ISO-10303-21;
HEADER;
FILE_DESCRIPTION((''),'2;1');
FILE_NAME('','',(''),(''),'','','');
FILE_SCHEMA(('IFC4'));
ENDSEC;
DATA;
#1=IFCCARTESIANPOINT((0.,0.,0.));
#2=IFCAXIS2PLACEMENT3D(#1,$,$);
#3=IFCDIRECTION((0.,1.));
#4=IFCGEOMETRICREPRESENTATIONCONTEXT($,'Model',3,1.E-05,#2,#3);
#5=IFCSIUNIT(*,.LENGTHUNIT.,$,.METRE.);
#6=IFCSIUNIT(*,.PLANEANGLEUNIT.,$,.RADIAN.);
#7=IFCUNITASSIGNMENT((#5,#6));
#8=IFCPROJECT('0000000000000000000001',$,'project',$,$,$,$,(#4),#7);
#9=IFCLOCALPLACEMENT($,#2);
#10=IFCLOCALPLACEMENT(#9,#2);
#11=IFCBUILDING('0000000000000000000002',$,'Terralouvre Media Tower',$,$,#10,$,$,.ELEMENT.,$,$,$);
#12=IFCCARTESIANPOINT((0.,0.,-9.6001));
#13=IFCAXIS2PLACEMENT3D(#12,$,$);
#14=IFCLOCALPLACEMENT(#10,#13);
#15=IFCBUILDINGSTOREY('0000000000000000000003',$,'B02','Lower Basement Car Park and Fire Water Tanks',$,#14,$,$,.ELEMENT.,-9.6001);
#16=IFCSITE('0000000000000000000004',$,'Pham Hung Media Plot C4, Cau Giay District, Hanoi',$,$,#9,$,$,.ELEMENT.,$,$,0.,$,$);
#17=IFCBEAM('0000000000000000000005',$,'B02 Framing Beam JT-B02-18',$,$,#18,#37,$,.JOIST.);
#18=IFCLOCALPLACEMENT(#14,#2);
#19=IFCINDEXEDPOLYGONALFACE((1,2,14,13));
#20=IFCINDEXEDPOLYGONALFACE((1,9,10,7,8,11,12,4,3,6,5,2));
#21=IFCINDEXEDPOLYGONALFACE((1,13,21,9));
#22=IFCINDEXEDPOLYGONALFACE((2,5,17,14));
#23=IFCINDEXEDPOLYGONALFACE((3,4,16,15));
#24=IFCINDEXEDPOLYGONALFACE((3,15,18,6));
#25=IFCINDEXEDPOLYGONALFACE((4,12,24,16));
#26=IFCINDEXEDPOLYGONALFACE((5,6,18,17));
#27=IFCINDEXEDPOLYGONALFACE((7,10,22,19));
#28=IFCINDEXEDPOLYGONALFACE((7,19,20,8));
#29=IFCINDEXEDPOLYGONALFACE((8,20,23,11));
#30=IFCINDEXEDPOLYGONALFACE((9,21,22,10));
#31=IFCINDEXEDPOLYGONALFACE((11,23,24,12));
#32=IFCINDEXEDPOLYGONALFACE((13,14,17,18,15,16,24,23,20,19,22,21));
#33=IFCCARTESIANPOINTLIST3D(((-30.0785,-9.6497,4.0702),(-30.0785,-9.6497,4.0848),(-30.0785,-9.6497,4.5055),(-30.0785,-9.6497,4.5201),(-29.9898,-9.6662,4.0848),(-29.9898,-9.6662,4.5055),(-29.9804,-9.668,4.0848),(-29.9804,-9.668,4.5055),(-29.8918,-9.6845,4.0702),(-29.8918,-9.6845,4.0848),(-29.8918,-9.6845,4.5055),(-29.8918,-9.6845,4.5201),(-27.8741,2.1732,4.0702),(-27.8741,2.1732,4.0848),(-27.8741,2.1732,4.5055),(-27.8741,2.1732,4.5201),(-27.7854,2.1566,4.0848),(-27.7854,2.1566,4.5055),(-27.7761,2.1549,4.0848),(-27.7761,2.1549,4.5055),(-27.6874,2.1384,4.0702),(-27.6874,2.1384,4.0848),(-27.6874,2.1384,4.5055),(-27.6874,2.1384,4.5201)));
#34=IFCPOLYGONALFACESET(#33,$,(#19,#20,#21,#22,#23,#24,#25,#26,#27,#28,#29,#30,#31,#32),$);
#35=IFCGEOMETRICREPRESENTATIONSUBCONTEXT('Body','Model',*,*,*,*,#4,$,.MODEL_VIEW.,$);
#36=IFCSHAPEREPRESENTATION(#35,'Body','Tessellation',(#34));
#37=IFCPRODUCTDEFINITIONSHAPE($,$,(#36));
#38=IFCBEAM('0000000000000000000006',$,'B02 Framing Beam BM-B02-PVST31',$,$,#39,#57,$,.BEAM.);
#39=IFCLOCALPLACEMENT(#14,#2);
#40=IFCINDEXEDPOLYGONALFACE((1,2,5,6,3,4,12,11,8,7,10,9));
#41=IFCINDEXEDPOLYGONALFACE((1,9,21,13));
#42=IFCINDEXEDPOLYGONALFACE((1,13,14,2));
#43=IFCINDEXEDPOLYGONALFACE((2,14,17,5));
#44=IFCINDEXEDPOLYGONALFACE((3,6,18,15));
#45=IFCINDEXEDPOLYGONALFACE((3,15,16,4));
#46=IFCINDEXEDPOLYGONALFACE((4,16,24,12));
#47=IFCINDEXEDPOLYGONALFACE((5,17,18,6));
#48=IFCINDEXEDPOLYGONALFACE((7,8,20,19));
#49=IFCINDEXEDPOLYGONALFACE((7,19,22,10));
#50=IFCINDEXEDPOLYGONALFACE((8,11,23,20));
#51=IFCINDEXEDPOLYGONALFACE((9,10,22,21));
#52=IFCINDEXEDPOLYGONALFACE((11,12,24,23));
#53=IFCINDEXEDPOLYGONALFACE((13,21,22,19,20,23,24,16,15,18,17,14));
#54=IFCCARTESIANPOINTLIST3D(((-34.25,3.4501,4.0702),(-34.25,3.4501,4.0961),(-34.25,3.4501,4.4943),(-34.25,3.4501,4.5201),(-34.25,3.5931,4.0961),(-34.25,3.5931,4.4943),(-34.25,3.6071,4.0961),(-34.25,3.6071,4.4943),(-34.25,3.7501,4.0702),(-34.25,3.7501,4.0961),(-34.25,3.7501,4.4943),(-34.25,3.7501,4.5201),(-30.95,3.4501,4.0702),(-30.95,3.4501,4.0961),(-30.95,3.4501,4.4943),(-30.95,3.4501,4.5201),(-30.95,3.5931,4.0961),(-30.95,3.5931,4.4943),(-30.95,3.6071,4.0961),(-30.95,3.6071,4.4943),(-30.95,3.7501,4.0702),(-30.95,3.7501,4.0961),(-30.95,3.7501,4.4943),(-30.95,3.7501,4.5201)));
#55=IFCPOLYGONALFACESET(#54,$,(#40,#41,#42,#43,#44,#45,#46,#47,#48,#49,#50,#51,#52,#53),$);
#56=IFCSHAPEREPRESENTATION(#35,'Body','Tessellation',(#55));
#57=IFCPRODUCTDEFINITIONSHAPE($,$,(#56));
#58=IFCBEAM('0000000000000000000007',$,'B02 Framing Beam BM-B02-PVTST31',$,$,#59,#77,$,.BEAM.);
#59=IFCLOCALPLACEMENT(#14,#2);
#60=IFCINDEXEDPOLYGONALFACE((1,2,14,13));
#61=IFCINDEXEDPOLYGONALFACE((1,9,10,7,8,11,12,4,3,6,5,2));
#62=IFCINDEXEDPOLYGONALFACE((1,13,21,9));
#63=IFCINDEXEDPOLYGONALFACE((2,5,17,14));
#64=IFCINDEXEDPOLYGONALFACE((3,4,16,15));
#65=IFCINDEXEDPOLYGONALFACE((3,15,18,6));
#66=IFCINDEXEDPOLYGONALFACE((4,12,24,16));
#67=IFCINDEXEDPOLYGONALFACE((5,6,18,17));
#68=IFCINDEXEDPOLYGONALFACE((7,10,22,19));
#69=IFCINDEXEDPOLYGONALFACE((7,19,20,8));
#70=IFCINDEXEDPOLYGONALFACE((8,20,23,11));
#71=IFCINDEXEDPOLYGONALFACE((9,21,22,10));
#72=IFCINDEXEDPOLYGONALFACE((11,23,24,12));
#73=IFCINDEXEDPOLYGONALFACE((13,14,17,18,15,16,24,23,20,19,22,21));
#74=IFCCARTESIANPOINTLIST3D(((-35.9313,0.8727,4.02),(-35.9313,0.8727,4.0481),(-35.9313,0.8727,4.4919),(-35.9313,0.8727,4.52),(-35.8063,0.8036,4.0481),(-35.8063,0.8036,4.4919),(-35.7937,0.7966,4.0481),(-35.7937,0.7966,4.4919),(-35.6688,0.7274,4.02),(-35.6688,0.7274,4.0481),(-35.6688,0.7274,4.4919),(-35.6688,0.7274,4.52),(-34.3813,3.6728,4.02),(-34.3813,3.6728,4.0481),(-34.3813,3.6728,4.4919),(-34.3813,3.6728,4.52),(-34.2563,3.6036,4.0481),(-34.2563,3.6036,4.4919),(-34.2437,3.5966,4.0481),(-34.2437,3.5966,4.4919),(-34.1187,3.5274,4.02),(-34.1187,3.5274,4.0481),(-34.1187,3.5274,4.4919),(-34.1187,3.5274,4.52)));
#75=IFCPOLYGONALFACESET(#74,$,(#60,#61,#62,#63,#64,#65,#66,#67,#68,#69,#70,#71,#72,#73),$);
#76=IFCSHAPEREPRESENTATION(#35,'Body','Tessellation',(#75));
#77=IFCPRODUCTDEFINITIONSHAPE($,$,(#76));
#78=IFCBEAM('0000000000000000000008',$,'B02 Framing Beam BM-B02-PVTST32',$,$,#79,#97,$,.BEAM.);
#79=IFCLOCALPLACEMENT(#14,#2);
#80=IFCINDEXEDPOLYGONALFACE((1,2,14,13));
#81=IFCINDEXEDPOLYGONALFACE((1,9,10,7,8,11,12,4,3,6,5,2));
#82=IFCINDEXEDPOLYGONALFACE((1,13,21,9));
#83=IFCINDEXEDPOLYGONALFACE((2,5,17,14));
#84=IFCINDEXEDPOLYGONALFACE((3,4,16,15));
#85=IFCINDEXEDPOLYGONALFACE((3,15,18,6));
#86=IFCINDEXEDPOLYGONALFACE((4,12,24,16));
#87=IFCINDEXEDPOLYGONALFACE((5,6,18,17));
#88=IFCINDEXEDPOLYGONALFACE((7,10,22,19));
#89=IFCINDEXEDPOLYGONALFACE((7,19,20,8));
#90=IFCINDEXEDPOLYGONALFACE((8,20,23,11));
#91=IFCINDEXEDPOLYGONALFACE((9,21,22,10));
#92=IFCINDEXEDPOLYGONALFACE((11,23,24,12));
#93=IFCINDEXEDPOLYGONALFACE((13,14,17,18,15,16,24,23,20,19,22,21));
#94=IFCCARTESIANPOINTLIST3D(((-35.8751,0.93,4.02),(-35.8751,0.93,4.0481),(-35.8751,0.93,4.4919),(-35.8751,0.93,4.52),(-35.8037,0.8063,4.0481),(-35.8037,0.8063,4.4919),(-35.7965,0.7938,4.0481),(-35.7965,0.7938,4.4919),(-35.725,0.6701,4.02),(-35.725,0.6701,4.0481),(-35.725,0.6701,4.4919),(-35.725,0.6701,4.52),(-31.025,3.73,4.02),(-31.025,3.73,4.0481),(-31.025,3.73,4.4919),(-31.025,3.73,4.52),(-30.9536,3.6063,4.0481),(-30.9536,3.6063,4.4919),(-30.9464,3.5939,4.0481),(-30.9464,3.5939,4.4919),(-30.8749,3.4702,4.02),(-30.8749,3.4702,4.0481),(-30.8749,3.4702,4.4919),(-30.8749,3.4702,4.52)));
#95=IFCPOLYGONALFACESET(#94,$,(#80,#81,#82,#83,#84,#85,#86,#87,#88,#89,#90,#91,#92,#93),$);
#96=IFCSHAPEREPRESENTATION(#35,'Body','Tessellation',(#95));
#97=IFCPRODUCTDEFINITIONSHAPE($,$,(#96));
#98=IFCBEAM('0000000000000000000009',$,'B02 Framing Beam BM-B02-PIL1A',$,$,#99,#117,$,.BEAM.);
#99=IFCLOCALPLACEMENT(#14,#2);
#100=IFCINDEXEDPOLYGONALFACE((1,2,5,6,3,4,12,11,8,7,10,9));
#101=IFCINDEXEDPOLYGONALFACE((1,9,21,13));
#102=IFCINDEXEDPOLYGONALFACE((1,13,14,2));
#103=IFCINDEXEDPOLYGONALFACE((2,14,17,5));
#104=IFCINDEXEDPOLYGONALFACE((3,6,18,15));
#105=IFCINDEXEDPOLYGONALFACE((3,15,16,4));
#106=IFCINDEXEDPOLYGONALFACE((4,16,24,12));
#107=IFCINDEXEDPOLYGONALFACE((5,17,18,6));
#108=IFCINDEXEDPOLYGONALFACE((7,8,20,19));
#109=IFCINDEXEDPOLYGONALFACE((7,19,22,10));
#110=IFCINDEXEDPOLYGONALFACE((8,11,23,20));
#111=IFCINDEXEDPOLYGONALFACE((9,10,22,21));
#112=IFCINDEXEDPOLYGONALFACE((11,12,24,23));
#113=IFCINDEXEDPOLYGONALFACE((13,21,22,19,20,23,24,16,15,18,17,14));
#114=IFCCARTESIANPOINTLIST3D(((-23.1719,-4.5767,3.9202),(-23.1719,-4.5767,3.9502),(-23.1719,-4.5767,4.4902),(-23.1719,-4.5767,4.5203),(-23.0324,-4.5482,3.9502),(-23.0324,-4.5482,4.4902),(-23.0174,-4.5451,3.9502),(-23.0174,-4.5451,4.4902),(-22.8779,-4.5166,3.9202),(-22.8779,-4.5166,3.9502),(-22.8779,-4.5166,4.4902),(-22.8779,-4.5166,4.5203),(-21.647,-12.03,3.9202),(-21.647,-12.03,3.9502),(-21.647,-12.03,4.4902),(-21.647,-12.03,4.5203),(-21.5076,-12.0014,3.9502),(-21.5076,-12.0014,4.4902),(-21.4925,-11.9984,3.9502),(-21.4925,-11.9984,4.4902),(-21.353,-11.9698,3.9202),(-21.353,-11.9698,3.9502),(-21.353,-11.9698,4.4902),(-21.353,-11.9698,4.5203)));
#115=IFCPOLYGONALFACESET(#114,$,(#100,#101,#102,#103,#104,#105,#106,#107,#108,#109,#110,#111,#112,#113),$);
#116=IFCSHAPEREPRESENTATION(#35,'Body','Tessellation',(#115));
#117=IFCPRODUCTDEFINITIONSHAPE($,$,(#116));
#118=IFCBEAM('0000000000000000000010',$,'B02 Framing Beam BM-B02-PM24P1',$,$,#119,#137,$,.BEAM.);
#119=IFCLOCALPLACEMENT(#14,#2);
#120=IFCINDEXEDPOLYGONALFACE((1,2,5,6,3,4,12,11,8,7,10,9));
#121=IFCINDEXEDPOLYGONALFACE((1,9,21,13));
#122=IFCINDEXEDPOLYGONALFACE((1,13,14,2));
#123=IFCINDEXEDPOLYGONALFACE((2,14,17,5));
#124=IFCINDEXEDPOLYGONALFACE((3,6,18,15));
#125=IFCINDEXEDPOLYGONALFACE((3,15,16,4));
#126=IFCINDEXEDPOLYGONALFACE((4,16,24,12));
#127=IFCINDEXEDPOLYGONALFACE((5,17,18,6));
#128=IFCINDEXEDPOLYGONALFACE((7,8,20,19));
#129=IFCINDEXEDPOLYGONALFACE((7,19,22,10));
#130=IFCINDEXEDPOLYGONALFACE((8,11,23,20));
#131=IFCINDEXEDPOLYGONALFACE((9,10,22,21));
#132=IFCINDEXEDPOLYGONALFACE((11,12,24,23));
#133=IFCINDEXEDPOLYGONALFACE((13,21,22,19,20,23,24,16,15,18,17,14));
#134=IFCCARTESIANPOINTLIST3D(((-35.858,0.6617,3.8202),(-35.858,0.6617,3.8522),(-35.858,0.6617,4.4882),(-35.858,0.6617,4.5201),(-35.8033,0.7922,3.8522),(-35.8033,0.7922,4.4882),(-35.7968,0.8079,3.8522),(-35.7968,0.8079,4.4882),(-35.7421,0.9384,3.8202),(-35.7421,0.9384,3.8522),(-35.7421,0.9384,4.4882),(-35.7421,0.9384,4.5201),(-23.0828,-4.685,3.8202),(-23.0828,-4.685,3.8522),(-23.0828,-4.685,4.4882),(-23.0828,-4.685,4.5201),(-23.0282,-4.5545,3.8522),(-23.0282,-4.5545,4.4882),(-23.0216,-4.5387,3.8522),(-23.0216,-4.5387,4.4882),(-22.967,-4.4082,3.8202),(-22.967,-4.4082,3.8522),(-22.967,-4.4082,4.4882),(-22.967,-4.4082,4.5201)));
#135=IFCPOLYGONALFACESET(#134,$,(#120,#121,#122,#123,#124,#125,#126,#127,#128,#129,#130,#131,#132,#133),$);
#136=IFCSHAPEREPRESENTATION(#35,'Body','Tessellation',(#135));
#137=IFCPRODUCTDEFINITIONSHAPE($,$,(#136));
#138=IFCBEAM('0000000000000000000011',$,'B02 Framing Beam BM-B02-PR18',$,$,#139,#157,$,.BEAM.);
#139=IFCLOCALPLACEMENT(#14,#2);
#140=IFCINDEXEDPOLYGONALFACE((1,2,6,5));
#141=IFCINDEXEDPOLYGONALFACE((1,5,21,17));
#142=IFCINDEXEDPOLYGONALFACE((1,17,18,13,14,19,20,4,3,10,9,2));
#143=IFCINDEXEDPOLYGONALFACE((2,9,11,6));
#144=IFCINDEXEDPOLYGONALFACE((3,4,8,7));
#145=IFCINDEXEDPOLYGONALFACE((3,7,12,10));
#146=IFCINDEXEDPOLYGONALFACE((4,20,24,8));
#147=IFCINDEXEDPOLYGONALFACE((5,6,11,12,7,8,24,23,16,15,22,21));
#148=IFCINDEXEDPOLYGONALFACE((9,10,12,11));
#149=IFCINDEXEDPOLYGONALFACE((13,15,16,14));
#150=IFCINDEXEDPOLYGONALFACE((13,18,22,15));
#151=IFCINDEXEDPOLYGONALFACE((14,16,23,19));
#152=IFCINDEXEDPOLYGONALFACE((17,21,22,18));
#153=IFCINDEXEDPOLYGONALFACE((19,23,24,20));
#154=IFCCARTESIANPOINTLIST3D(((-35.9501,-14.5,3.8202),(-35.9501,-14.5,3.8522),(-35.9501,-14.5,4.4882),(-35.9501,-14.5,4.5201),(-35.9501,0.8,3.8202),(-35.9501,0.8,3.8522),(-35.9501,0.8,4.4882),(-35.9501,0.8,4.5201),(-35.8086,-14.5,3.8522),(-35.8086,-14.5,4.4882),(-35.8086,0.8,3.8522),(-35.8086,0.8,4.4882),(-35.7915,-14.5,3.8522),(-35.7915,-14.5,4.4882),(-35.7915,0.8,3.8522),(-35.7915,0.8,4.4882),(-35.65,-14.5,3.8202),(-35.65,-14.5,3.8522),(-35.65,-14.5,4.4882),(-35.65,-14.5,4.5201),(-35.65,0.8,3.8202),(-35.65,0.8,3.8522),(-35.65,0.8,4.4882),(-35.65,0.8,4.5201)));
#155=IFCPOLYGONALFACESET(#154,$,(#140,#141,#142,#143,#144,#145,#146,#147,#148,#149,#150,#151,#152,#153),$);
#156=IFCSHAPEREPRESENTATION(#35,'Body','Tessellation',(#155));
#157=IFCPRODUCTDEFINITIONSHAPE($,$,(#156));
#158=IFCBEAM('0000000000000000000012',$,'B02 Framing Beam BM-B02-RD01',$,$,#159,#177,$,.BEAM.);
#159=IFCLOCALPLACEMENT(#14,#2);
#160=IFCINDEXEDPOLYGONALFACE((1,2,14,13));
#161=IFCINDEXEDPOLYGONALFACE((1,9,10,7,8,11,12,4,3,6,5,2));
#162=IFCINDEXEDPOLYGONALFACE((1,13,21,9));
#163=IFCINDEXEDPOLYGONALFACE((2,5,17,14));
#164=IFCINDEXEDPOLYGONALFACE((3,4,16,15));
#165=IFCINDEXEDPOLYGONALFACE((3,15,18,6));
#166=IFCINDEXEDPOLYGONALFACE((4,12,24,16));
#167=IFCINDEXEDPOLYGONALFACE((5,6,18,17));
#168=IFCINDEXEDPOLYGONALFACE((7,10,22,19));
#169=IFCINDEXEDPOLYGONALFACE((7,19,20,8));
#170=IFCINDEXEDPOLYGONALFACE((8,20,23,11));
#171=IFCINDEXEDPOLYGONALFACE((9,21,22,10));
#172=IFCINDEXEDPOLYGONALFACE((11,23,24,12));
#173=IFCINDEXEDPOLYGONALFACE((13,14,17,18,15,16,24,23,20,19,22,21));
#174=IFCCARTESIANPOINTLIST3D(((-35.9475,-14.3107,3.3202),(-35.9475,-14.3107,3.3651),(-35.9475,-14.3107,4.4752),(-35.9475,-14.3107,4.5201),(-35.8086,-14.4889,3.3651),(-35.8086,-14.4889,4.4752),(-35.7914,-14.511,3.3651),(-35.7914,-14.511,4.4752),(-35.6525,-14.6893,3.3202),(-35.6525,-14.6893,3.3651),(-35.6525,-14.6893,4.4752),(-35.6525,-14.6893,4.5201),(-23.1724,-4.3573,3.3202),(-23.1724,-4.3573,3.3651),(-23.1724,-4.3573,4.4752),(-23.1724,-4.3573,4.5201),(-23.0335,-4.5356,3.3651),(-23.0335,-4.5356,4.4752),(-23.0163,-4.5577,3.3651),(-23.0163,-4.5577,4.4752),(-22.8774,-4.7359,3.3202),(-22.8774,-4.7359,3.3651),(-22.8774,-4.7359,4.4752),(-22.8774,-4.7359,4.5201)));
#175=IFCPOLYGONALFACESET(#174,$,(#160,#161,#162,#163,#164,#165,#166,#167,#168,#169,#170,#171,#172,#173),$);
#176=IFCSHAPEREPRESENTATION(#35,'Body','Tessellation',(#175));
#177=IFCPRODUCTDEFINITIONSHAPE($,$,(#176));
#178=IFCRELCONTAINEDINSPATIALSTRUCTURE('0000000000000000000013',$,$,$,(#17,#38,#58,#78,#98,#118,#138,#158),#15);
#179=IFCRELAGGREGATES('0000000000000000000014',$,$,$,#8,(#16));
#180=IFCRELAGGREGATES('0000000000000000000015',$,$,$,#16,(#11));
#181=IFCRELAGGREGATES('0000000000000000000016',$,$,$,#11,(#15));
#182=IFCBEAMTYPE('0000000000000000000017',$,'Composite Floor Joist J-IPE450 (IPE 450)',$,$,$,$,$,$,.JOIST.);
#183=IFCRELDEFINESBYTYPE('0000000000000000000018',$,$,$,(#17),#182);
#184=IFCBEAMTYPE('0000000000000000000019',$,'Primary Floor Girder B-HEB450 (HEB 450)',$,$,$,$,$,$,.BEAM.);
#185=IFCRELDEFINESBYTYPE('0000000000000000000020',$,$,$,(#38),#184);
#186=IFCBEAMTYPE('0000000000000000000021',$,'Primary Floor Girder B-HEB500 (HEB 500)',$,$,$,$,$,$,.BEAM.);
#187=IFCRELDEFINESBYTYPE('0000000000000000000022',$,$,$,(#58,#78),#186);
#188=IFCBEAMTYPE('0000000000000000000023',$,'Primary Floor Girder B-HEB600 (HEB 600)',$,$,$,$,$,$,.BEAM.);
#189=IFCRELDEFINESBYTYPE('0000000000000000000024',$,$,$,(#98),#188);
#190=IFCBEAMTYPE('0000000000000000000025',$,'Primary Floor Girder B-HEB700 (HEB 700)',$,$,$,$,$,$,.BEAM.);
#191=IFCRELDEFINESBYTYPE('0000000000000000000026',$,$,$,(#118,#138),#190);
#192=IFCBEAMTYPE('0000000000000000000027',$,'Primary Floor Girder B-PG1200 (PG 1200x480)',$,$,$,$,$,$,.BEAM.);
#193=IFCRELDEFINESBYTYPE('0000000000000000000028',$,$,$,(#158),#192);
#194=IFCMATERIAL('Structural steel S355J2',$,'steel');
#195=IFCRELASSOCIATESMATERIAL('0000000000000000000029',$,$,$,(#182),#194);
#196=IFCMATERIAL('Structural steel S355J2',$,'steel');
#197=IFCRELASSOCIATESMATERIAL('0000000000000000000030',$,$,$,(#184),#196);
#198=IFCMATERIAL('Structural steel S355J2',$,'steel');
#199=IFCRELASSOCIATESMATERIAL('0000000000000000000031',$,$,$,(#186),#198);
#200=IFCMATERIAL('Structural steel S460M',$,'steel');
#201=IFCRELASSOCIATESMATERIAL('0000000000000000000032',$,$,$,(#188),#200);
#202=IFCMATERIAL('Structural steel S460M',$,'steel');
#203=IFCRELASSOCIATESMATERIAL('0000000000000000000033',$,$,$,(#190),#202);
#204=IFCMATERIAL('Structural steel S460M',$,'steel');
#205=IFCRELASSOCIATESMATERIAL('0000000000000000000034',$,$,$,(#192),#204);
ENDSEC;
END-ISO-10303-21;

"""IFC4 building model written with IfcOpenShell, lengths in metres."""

from ifc_helpers import new_model, si_unit, direction, frame, origin, origin_2d, place, context, subcontext, project, spatial, i_section, extrude, material, material_profile, profile_set, type_object, element, save


model = new_model("IFC4")

# Units and contexts
model_context = context("Model", 3, precision=1e-05, world=origin(), true_north=direction((0.0, 1.0)))
body_context = subcontext(model_context, "Body", "Model", "MODEL_VIEW")
ifc_project = project(units=[si_unit("LENGTHUNIT", "METRE"), si_unit("PLANEANGLEUNIT", "RADIAN")], contexts=[model_context])

# Site, building, storey
site_placement = place(None, origin())
site = spatial("IfcSite", under=ifc_project, at=site_placement, Name="Pham Hung Media Plot C4, Cau Giay District, Hanoi", CompositionType="ELEMENT", RefElevation=0.0)
building_placement = place(site_placement, origin())
building = spatial("IfcBuilding", under=site, at=building_placement, Name="Terralouvre Media Tower", CompositionType="ELEMENT")
storey_placement = place(building_placement, frame((0.0, 0.0, -9.6001)))
storey = spatial("IfcBuildingStorey", under=building, at=storey_placement, Name="B02", Description="Lower Basement Car Park and Fire Water Tanks", CompositionType="ELEMENT", Elevation=-9.6001)

# Beams
ifc_material_1 = material(Name="Structural steel S355J2", Category="steel")
ifc_material_profile_1 = material_profile(ifc_material_1, i_section(OverallWidth=0.1899, OverallDepth=0.45, WebThickness=0.0095, FlangeThickness=0.0146, at=origin_2d()), Name="IPE 450")
ifc_profile_set_1 = profile_set([ifc_material_profile_1], Name="Structural steel S355J2")
beam_type_1 = type_object("IfcBeamType", Name="Composite Floor Joist J-IPE450 (IPE 450)", PredefinedType="JOIST", material=ifc_profile_set_1)
beam_1_placement = place(storey_placement, frame((-27.7808, 2.1558, 4.2952), z_axis=(-0.183291, -0.983059, 0.0), x_axis=(0.983059, -0.183291, 0.0)))
element("IfcBeam", 1, at=beam_1_placement, inside=storey, type_object=beam_type_1, Name="B02 Framing Beam JT-B02-18", PredefinedType="JOIST", context=body_context, shape_type="SweptSolid", body=[
    extrude(i_section(OverallWidth=0.1899, OverallDepth=0.45, WebThickness=0.0095, FlangeThickness=0.0146, at=origin_2d()), origin(), (0.0, 0.0, 1.0), 12.0266),
])
ifc_material_2 = material(Name="Structural steel S355J2", Category="steel")
ifc_material_profile_2 = material_profile(ifc_material_2, i_section(OverallWidth=0.3, OverallDepth=0.45, WebThickness=0.0139, FlangeThickness=0.0259, at=origin_2d()), Name="HEB 450")
ifc_profile_set_2 = profile_set([ifc_material_profile_2], Name="Structural steel S355J2")
beam_type_2 = type_object("IfcBeamType", Name="Primary Floor Girder B-HEB450 (HEB 450)", PredefinedType="BEAM", material=ifc_profile_set_2)
beam_2_placement = place(storey_placement, frame((-34.25, 3.6001, 4.2952), z_axis=(1.0, 0.0, 0.0), x_axis=(0.0, 1.0, 0.0)))
element("IfcBeam", 2, at=beam_2_placement, inside=storey, type_object=beam_type_2, Name="B02 Framing Beam BM-B02-PVST31", PredefinedType="BEAM", context=body_context, shape_type="SweptSolid", body=[
    extrude(i_section(OverallWidth=0.3, OverallDepth=0.45, WebThickness=0.0139, FlangeThickness=0.0259, at=origin_2d()), origin(), (0.0, 0.0, 1.0), 3.3),
])
ifc_material_3 = material(Name="Structural steel S355J2", Category="steel")
ifc_material_profile_3 = material_profile(ifc_material_3, i_section(OverallWidth=0.3, OverallDepth=0.5, WebThickness=0.0144, FlangeThickness=0.0281, at=origin_2d()), Name="HEB 500")
ifc_profile_set_3 = profile_set([ifc_material_profile_3], Name="Structural steel S355J2")
beam_type_3 = type_object("IfcBeamType", Name="Primary Floor Girder B-HEB500 (HEB 500)", PredefinedType="BEAM", material=ifc_profile_set_3)
beam_3_placement = place(storey_placement, frame((-34.25, 3.6001, 4.27), z_axis=(-0.484321, -0.87489, 0.0), x_axis=(0.87489, -0.484321, 0.0)))
element("IfcBeam", 3, at=beam_3_placement, inside=storey, type_object=beam_type_3, Name="B02 Framing Beam BM-B02-PVTST31", PredefinedType="BEAM", context=body_context, shape_type="SweptSolid", body=[
    extrude(i_section(OverallWidth=0.3, OverallDepth=0.5, WebThickness=0.0144, FlangeThickness=0.0281, at=origin_2d()), origin(), (0.0, 0.0, 1.0), 3.2004),
])
beam_4_placement = place(storey_placement, frame((-30.95, 3.6001, 4.27), z_axis=(-0.866037, -0.499979, 0.0), x_axis=(0.499979, -0.866037, 0.0)))
element("IfcBeam", 4, at=beam_4_placement, inside=storey, type_object=beam_type_3, Name="B02 Framing Beam BM-B02-PVTST32", PredefinedType="BEAM", context=body_context, shape_type="SweptSolid", body=[
    extrude(i_section(OverallWidth=0.3, OverallDepth=0.5, WebThickness=0.0144, FlangeThickness=0.0281, at=origin_2d()), origin(), (0.0, 0.0, 1.0), 5.6003),
])
ifc_material_4 = material(Name="Structural steel S460M", Category="steel")
ifc_material_profile_4 = material_profile(ifc_material_4, i_section(OverallWidth=0.3, OverallDepth=0.6001, WebThickness=0.0154, FlangeThickness=0.03, at=origin_2d()), Name="HEB 600")
ifc_profile_set_4 = profile_set([ifc_material_profile_4], Name="Structural steel S460M")
beam_type_4 = type_object("IfcBeamType", Name="Primary Floor Girder B-HEB600 (HEB 600)", PredefinedType="BEAM", material=ifc_profile_set_4)
beam_5_placement = place(storey_placement, frame((-23.0249, -4.5466, 4.2202), z_axis=(0.20044, -0.979706, 0.0), x_axis=(0.979706, 0.20044, 0.0)))
element("IfcBeam", 5, at=beam_5_placement, inside=storey, type_object=beam_type_4, Name="B02 Framing Beam BM-B02-PIL1A", PredefinedType="BEAM", context=body_context, shape_type="SweptSolid", body=[
    extrude(i_section(OverallWidth=0.3, OverallDepth=0.6001, WebThickness=0.0154, FlangeThickness=0.03, at=origin_2d()), origin(), (0.0, 0.0, 1.0), 7.6077),
])
ifc_material_5 = material(Name="Structural steel S460M", Category="steel")
ifc_material_profile_5 = material_profile(ifc_material_5, i_section(OverallWidth=0.3, OverallDepth=0.7, WebThickness=0.0171, FlangeThickness=0.032, at=origin_2d()), Name="HEB 700")
ifc_profile_set_5 = profile_set([ifc_material_profile_5], Name="Structural steel S460M")
beam_type_5 = type_object("IfcBeamType", Name="Primary Floor Girder B-HEB700 (HEB 700)", PredefinedType="BEAM", material=ifc_profile_set_5)
beam_6_placement = place(storey_placement, frame((-23.0249, -4.5466, 4.1702), z_axis=(-0.922468, 0.386073, 0.0), x_axis=(-0.386073, -0.922468, 0.0)))
element("IfcBeam", 6, at=beam_6_placement, inside=storey, type_object=beam_type_5, Name="B02 Framing Beam BM-B02-PM24P1", PredefinedType="BEAM", context=body_context, shape_type="SweptSolid", body=[
    extrude(i_section(OverallWidth=0.3, OverallDepth=0.7, WebThickness=0.0171, FlangeThickness=0.032, at=origin_2d()), origin(), (0.0, 0.0, 1.0), 13.8489),
])
beam_7_placement = place(storey_placement, frame((-35.8, 0.8, 4.1702), z_axis=(0.0, -1.0, 0.0), x_axis=(1.0, 0.0, 0.0)))
element("IfcBeam", 7, at=beam_7_placement, inside=storey, type_object=beam_type_5, Name="B02 Framing Beam BM-B02-PR18", PredefinedType="BEAM", context=body_context, shape_type="SweptSolid", body=[
    extrude(i_section(OverallWidth=0.3, OverallDepth=0.7, WebThickness=0.0171, FlangeThickness=0.032, at=origin_2d()), origin(), (0.0, 0.0, 1.0), 15.3),
])
ifc_material_6 = material(Name="Structural steel S460M", Category="steel")
ifc_material_profile_6 = material_profile(ifc_material_6, i_section(OverallWidth=0.48, OverallDepth=1.2, WebThickness=0.0281, FlangeThickness=0.0449, at=origin_2d()), Name="PG 1200x480")
ifc_profile_set_6 = profile_set([ifc_material_profile_6], Name="Structural steel S460M")
beam_type_6 = type_object("IfcBeamType", Name="Primary Floor Girder B-PG1200 (PG 1200x480)", PredefinedType="BEAM", material=ifc_profile_set_6)
beam_8_placement = place(storey_placement, frame((-23.0249, -4.5466, 3.9202), z_axis=(-0.788839, -0.6146, 0.0), x_axis=(0.6146, -0.788839, 0.0)))
element("IfcBeam", 8, at=beam_8_placement, inside=storey, type_object=beam_type_6, Name="B02 Framing Beam BM-B02-RD01", PredefinedType="BEAM", context=body_context, shape_type="SweptSolid", body=[
    extrude(i_section(OverallWidth=0.48, OverallDepth=1.2, WebThickness=0.0281, FlangeThickness=0.0449, at=origin_2d()), origin(), (0.0, 0.0, 1.0), 16.1948),
])

save(model, "model.ifc")
